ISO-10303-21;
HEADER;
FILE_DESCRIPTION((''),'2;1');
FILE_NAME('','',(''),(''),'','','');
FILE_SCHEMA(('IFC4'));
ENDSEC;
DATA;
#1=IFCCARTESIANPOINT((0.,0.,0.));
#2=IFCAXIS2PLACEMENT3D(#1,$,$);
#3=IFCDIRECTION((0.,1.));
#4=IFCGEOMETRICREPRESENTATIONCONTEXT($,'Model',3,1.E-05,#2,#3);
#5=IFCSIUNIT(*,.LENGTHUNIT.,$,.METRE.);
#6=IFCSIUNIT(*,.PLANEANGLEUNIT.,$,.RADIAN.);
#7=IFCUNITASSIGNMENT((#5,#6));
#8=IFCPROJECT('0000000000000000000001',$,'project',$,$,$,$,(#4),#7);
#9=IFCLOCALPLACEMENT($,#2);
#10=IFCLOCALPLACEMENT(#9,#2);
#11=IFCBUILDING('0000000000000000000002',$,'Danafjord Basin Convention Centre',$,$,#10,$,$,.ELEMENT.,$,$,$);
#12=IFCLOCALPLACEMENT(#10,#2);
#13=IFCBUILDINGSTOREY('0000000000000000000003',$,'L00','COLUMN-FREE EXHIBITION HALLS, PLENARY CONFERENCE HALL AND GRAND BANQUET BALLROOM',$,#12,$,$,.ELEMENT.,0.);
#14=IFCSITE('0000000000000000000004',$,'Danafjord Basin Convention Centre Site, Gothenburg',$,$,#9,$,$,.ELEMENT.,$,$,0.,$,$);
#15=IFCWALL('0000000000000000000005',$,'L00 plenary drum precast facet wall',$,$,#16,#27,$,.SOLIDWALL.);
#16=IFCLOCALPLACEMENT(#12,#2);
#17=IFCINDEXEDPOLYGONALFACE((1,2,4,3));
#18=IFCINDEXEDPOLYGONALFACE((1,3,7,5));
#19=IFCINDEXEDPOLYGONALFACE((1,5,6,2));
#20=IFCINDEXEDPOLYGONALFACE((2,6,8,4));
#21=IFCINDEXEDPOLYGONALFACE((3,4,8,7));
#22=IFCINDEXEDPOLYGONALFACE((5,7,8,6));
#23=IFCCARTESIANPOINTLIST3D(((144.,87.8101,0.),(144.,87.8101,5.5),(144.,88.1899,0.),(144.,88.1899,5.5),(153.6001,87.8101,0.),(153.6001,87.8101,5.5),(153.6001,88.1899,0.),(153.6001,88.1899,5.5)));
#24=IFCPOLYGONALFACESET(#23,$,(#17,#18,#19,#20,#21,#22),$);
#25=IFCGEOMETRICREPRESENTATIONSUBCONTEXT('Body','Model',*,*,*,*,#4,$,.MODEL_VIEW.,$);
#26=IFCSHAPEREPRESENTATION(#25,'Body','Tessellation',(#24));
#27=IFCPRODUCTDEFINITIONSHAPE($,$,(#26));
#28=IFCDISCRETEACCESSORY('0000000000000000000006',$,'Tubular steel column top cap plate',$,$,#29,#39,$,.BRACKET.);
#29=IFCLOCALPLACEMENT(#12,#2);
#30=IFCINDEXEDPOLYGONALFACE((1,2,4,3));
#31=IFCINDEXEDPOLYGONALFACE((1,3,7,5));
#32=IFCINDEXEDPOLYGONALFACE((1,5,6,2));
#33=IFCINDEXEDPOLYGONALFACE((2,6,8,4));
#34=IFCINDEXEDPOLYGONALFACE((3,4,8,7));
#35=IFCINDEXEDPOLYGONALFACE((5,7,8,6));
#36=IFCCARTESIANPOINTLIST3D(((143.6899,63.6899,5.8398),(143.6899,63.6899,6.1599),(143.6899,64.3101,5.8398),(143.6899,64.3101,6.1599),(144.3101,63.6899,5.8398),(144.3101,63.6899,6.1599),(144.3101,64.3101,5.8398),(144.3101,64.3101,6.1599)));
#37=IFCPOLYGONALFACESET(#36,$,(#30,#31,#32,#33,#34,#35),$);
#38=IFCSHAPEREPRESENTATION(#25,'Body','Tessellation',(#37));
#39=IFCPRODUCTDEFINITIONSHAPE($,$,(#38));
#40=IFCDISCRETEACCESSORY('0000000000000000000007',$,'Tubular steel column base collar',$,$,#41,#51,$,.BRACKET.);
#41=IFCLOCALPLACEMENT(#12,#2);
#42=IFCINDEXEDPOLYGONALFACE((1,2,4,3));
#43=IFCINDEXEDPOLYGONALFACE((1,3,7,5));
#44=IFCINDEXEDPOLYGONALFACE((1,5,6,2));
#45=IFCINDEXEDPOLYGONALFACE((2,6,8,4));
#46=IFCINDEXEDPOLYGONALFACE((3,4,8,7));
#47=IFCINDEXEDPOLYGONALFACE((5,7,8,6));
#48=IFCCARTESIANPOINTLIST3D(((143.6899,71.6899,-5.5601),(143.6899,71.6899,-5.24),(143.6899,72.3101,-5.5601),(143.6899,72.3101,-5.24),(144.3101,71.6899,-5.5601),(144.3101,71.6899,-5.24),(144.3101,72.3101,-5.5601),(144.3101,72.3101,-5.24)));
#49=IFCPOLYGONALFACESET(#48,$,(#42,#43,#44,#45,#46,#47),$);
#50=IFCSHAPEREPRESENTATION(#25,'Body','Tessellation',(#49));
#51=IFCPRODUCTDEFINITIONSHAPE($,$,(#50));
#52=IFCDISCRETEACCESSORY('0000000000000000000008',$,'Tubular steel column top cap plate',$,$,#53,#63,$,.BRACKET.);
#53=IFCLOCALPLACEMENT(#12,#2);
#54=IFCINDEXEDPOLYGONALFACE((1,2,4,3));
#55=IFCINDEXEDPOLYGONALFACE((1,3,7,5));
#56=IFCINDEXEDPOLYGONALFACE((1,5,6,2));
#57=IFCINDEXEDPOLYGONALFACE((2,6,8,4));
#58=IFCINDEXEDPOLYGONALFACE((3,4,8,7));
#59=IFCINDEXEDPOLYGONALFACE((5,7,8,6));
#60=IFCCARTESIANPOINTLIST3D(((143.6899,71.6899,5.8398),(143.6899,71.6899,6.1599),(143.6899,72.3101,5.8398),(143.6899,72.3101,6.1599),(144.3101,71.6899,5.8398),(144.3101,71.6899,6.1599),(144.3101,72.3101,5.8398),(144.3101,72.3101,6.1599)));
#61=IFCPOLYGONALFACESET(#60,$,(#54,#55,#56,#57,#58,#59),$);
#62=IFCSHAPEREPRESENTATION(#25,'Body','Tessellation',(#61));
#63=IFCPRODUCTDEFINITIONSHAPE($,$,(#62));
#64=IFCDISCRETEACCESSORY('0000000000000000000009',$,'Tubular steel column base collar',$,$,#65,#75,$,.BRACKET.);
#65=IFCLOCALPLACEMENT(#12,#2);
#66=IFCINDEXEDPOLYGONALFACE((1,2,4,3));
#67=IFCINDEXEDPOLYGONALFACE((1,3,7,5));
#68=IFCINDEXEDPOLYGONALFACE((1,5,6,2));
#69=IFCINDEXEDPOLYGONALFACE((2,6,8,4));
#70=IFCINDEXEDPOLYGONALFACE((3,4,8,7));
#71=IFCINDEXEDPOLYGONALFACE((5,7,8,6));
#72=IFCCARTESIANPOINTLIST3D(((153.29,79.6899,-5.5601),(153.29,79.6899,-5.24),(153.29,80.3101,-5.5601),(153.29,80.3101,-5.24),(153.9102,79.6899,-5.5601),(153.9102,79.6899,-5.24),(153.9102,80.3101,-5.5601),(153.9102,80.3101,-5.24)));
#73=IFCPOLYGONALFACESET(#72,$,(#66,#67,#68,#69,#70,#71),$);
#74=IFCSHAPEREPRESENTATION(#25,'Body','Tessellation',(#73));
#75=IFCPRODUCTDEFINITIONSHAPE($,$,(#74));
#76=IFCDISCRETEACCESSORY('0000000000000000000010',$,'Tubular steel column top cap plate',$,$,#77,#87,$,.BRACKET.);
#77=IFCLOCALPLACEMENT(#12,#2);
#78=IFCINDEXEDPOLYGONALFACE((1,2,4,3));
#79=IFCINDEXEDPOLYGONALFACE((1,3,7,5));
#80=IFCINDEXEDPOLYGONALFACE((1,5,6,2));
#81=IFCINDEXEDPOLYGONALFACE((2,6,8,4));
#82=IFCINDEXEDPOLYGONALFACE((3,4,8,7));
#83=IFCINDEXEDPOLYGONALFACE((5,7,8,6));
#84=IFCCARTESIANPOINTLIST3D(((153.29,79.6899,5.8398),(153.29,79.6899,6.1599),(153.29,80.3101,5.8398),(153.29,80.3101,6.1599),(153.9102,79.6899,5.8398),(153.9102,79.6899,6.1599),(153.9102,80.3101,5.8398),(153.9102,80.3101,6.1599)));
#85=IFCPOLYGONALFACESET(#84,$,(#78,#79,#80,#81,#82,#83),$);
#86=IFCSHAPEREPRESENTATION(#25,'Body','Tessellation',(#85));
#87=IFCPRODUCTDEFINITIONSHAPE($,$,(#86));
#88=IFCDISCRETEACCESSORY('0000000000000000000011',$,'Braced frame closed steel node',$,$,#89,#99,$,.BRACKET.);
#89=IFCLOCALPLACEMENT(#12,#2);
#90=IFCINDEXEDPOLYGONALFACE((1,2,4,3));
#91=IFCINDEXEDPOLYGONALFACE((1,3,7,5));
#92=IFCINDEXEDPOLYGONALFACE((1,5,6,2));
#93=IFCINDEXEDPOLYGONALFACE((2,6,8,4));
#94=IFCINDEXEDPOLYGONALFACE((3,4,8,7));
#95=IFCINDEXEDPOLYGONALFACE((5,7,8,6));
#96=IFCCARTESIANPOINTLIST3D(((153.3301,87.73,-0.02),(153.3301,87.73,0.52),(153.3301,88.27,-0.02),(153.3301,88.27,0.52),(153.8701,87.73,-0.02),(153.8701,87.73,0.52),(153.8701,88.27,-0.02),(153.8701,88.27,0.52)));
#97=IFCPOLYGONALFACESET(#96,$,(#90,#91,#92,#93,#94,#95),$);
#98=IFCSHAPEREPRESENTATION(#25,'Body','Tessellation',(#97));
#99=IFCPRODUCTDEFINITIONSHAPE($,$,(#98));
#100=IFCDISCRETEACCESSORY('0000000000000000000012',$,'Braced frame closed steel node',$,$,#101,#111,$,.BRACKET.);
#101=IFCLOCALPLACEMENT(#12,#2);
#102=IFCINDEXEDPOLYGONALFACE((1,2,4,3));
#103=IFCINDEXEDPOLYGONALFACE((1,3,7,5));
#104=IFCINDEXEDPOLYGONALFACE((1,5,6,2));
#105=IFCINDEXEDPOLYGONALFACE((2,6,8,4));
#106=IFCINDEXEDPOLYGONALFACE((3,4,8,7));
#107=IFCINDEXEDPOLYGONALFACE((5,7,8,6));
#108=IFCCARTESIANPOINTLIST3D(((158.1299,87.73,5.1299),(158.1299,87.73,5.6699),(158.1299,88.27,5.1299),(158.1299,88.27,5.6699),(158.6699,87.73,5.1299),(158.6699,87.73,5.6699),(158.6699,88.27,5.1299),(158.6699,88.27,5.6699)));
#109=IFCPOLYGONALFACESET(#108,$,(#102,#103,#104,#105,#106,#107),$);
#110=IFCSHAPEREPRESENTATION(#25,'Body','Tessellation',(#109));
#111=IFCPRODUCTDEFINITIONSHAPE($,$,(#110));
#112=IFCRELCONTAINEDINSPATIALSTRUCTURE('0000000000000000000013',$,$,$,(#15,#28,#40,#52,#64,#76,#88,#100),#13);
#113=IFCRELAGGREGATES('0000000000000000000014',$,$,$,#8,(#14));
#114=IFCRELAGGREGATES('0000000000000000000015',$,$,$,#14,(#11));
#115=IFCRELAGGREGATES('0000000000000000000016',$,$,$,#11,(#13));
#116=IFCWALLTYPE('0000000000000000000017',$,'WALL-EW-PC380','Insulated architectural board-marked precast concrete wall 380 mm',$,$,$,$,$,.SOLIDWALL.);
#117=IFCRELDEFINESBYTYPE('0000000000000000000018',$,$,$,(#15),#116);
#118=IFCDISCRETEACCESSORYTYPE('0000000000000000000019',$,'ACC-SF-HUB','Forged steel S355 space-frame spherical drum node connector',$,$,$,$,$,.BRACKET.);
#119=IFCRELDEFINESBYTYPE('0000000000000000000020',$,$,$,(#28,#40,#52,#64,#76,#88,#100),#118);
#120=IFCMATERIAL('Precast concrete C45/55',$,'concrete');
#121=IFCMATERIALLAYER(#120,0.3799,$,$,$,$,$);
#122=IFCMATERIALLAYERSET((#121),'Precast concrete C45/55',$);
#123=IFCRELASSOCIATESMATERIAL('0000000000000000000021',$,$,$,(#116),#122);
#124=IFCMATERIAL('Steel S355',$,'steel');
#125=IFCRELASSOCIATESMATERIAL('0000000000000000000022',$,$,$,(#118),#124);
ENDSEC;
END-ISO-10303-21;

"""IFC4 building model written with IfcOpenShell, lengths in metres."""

from ifc_helpers import new_model, si_unit, direction, frame, frame_2d, origin, origin_2d, place, context, subcontext, project, spatial, rectangle, extrude, material, layer, layer_set, type_object, element, save


model = new_model("IFC4")

# Units and contexts
model_context = context("Model", 3, precision=1e-05, world=origin(), true_north=direction((0.0, 1.0)))
body_context = subcontext(model_context, "Body", "Model", "MODEL_VIEW")
ifc_project = project(units=[si_unit("LENGTHUNIT", "METRE"), si_unit("PLANEANGLEUNIT", "RADIAN")], contexts=[model_context])

# Site, building, storey
site_placement = place(None, origin())
site = spatial("IfcSite", under=ifc_project, at=site_placement, Name="Danafjord Basin Convention Centre Site, Gothenburg", CompositionType="ELEMENT", RefElevation=0.0)
building_placement = place(site_placement, origin())
building = spatial("IfcBuilding", under=site, at=building_placement, Name="Danafjord Basin Convention Centre", CompositionType="ELEMENT")
storey_placement = place(building_placement, origin())
storey = spatial("IfcBuildingStorey", under=building, at=storey_placement, Name="L00", Description="COLUMN-FREE EXHIBITION HALLS, PLENARY CONFERENCE HALL AND GRAND BANQUET BALLROOM", CompositionType="ELEMENT", Elevation=0.0)

# Shared definitions
ifc_material_1 = material(Name="Steel S355", Category="steel")

# Wall
ifc_material_2 = material(Name="Precast concrete C45/55", Category="concrete")
ifc_layer_1 = layer(ifc_material_2, 0.3799)
ifc_layer_set_1 = layer_set([ifc_layer_1], Name="Precast concrete C45/55")
wall_type_1 = type_object("IfcWallType", Name="WALL-EW-PC380", Description="Insulated architectural board-marked precast concrete wall 380 mm", PredefinedType="SOLIDWALL", material=ifc_layer_set_1)
wall_1_placement = place(storey_placement, frame((144.0, 88.0, 0.0), z_axis=(0.0, 0.0, 1.0), x_axis=(1.0, 0.0, 0.0)))
element("IfcWall", 1, at=wall_1_placement, inside=storey, type_object=wall_type_1, Name="L00 plenary drum precast facet wall", PredefinedType="SOLIDWALL", context=body_context, shape_type="SweptSolid", body=[
    extrude(rectangle(XDim=9.6001, YDim=0.3799, at=frame_2d((4.8, 0.0))), origin(), (0.0, 0.0, 1.0), 5.5),
])

# Discrete accessories
discrete_accessory_type = type_object("IfcDiscreteAccessoryType", Name="ACC-SF-HUB", Description="Forged steel S355 space-frame spherical drum node connector", PredefinedType="BRACKET", material=ifc_material_1)
for number, where, z_axis, x_axis, name in (
    (2, (144.0, 64.0, 5.8398), (0.0, 0.0, 1.0), (1.0, 0.0, 0.0), "Tubular steel column top cap plate"),
    (3, (144.0, 72.0, -5.5601), (0.0, 0.0, 1.0), (1.0, 0.0, 0.0), "Tubular steel column base collar"),
    (4, (144.0, 72.0, 5.8398), (0.0, 0.0, 1.0), (1.0, 0.0, 0.0), "Tubular steel column top cap plate"),
    (5, (153.6001, 80.0, -5.5601), (0.0, 0.0, 1.0), (1.0, 0.0, 0.0), "Tubular steel column base collar"),
    (6, (153.6001, 80.0, 5.8398), (0.0, 0.0, 1.0), (1.0, 0.0, 0.0), "Tubular steel column top cap plate"),
):
    element("IfcDiscreteAccessory", number, at=place(storey_placement, frame(where, z_axis=z_axis, x_axis=x_axis)), inside=storey, type_object=discrete_accessory_type, Name=name, PredefinedType="BRACKET", context=body_context, shape_type="SweptSolid", body=[
        extrude(rectangle(XDim=0.6201, YDim=0.6201, at=origin_2d()), origin(), (0.0, 0.0, 1.0), 0.3201),
    ])
for number, where, z_axis, x_axis, name in (
    (7, (153.6001, 88.0, -0.02), (0.0, 0.0, 1.0), (1.0, 0.0, 0.0), "Braced frame closed steel node"),
    (8, (158.3999, 88.0, 5.1299), (0.0, 0.0, 1.0), (1.0, 0.0, 0.0), "Braced frame closed steel node"),
):
    element("IfcDiscreteAccessory", number, at=place(storey_placement, frame(where, z_axis=z_axis, x_axis=x_axis)), inside=storey, type_object=discrete_accessory_type, Name=name, PredefinedType="BRACKET", context=body_context, shape_type="SweptSolid", body=[
        extrude(rectangle(XDim=0.54, YDim=0.54, at=origin_2d()), origin(), (0.0, 0.0, 1.0), 0.54),
    ])

save(model, "model.ifc")
